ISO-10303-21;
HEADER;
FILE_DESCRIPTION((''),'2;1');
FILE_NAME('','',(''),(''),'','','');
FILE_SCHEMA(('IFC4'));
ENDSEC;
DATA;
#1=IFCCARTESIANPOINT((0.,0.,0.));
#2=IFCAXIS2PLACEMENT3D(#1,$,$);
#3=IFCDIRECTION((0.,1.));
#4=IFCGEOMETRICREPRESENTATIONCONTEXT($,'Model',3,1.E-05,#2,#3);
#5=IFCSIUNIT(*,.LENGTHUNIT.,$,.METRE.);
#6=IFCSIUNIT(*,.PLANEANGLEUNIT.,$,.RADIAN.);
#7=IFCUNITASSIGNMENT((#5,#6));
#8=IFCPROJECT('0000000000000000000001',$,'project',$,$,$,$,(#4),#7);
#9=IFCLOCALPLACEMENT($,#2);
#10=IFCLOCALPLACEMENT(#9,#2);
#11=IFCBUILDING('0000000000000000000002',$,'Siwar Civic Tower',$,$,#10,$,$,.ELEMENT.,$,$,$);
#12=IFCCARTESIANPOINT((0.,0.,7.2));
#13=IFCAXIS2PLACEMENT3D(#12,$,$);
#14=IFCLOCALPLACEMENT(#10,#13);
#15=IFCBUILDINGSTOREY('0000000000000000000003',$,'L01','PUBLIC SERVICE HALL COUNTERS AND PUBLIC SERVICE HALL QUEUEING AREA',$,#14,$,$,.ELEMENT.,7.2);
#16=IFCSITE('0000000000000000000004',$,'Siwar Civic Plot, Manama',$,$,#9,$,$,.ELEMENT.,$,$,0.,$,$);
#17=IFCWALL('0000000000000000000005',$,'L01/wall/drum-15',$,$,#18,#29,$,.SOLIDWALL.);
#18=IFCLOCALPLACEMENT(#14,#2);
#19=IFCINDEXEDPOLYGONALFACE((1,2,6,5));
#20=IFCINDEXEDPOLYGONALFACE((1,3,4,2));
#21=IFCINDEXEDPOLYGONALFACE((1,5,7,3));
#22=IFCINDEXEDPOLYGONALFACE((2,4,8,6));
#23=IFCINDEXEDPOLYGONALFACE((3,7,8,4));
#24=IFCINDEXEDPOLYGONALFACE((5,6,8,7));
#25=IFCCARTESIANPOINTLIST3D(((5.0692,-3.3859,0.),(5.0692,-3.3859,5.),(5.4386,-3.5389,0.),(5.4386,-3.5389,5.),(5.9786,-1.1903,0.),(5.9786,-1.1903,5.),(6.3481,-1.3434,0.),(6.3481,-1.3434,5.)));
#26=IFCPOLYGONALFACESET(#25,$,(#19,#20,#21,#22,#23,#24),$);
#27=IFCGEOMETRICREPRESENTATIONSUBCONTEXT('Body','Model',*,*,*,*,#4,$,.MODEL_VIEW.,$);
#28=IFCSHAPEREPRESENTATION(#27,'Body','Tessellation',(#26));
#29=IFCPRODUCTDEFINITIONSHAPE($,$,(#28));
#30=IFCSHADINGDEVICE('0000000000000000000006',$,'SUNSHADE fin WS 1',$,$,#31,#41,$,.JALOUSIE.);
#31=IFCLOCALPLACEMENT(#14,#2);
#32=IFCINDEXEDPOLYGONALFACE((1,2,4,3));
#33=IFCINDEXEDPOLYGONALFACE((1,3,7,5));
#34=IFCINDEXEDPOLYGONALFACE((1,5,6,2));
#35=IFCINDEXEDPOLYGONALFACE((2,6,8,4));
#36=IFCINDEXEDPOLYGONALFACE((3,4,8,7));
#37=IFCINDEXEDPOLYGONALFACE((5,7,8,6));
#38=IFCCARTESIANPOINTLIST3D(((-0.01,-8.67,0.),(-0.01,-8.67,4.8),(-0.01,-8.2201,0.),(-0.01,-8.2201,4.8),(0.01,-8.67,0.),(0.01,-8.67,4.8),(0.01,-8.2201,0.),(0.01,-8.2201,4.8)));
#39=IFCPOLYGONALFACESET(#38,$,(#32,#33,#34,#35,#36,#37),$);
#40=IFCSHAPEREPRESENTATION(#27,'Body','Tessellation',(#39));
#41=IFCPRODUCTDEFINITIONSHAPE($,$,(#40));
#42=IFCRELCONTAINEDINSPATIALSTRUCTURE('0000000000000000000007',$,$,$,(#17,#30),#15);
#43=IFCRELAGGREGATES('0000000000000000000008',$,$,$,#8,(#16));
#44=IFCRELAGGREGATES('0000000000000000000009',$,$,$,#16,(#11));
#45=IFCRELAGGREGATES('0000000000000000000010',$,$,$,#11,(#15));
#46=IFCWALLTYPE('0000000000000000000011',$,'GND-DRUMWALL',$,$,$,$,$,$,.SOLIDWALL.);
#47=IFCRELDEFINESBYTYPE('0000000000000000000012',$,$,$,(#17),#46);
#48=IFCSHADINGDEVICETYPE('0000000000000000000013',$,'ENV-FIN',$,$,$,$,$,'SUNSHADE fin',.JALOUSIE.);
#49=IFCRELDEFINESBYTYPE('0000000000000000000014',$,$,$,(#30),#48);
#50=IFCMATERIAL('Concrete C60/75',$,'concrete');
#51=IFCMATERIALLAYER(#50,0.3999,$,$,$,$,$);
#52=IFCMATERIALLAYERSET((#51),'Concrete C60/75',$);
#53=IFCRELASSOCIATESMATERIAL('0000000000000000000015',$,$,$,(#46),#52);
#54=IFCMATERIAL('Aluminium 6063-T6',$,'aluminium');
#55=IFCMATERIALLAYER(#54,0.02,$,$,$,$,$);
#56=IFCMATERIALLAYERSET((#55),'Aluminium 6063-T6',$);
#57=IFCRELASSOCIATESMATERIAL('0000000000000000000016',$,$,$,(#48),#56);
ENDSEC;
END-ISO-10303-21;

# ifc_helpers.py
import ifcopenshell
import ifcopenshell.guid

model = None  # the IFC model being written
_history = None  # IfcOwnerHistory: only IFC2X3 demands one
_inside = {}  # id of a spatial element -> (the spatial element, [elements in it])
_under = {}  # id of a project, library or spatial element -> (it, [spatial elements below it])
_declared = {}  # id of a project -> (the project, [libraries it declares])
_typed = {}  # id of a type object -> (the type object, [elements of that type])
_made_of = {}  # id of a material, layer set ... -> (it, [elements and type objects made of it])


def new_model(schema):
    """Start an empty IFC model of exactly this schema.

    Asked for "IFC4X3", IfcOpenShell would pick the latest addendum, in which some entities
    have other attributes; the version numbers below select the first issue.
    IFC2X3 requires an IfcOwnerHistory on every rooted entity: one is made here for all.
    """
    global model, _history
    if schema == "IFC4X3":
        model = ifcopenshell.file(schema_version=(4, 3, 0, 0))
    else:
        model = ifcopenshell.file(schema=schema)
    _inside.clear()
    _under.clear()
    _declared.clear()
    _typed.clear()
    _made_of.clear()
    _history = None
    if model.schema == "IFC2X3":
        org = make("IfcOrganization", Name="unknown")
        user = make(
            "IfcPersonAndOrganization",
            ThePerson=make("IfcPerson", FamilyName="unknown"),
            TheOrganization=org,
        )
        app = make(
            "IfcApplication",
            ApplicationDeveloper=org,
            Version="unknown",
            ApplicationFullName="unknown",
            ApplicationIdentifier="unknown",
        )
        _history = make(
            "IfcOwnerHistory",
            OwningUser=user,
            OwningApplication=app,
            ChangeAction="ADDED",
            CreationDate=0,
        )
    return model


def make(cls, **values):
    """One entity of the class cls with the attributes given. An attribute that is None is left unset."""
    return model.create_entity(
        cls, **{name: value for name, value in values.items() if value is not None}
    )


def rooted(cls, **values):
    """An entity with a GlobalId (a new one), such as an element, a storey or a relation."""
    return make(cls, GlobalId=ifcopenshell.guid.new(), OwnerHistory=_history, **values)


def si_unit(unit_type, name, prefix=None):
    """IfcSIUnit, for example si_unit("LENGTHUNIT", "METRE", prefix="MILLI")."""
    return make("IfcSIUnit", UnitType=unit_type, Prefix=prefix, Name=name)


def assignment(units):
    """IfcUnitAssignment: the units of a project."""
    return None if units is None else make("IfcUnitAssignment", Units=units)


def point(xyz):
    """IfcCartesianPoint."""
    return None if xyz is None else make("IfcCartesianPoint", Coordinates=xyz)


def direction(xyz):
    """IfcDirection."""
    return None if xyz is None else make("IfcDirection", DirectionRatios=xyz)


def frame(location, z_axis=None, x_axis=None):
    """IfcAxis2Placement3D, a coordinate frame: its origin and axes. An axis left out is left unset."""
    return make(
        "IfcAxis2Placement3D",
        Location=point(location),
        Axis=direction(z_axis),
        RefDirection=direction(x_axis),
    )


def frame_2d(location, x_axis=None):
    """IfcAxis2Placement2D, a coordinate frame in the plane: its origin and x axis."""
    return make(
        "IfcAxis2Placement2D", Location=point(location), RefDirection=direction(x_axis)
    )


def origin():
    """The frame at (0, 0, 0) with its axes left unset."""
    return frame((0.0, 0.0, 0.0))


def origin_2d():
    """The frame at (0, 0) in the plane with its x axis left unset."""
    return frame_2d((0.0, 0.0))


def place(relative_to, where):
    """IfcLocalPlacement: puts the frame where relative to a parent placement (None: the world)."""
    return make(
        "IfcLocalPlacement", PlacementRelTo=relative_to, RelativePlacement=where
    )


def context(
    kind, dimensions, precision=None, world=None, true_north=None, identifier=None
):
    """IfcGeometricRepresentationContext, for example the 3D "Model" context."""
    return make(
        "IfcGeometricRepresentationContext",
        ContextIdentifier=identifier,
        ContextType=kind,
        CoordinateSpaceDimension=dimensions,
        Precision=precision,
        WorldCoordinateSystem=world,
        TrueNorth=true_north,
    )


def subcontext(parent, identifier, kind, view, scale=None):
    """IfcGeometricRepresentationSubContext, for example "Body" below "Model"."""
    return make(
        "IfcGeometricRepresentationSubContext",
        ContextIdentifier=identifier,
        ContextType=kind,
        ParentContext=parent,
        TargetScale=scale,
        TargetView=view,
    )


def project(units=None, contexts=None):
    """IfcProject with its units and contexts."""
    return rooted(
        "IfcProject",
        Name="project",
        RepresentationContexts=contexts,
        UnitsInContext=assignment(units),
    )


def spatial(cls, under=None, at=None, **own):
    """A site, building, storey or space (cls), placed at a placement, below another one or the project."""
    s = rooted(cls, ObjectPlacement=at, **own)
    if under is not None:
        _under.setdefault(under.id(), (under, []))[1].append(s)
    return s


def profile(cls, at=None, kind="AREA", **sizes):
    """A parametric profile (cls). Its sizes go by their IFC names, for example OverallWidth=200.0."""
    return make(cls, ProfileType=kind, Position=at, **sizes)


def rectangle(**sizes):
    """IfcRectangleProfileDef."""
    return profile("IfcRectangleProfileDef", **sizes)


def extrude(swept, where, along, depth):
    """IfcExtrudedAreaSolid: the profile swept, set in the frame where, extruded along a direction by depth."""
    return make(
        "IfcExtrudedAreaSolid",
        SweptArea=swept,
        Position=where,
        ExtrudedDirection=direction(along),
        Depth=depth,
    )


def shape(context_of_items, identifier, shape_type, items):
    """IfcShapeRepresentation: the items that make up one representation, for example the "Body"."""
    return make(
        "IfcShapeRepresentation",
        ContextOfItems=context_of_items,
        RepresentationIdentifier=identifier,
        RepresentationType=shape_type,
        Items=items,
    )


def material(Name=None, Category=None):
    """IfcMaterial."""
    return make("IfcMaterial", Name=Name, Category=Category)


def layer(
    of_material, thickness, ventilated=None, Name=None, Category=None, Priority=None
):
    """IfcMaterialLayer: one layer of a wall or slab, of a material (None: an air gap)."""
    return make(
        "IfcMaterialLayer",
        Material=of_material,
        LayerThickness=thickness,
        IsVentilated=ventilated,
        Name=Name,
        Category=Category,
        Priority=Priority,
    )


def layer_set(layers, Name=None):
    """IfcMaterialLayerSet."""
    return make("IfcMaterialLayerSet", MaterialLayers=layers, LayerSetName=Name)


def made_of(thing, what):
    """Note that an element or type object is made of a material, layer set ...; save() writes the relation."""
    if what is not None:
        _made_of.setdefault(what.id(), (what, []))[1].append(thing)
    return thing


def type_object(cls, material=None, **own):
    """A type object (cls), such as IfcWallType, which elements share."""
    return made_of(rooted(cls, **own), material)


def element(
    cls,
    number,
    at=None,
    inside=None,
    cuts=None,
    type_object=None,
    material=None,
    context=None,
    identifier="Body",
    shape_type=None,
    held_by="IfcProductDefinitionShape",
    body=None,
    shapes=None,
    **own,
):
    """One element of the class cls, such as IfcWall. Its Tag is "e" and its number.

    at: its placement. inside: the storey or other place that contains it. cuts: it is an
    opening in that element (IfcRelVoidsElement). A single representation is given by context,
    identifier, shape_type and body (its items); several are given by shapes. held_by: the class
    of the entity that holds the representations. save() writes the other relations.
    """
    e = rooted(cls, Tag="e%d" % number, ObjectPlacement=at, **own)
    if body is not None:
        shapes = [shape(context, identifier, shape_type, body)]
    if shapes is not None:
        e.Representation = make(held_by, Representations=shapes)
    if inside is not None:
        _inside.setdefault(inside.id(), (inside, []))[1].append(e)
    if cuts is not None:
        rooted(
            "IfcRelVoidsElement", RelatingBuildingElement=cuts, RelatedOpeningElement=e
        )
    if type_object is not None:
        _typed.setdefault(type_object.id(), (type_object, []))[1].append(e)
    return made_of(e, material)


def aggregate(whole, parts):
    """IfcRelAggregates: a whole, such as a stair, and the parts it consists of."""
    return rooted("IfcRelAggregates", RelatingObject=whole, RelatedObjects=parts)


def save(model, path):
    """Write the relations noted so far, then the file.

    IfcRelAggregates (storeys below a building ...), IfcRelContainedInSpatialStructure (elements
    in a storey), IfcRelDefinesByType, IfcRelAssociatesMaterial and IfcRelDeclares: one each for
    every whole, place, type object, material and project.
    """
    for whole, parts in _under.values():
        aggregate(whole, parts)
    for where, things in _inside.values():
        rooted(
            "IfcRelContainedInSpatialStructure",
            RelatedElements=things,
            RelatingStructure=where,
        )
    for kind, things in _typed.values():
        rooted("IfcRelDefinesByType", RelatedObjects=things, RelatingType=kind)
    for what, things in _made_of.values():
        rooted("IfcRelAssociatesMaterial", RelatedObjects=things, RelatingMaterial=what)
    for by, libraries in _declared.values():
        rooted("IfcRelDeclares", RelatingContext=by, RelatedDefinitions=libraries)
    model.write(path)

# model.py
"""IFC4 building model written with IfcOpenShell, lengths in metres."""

from ifc_helpers import new_model, si_unit, direction, frame, frame_2d, origin, origin_2d, place, context, subcontext, project, spatial, rectangle, extrude, material, layer, layer_set, type_object, element, save


model = new_model("IFC4")

# Units and contexts
model_context = context("Model", 3, precision=1e-05, world=origin(), true_north=direction((0.0, 1.0)))
body_context = subcontext(model_context, "Body", "Model", "MODEL_VIEW")
ifc_project = project(units=[si_unit("LENGTHUNIT", "METRE"), si_unit("PLANEANGLEUNIT", "RADIAN")], contexts=[model_context])

# Site, building, storey
site_placement = place(None, origin())
site = spatial("IfcSite", under=ifc_project, at=site_placement, Name="Siwar Civic Plot, Manama", CompositionType="ELEMENT", RefElevation=0.0)
building_placement = place(site_placement, origin())
building = spatial("IfcBuilding", under=site, at=building_placement, Name="Siwar Civic Tower", CompositionType="ELEMENT")
storey_placement = place(building_placement, frame((0.0, 0.0, 7.2)))
storey = spatial("IfcBuildingStorey", under=building, at=storey_placement, Name="L01", Description="PUBLIC SERVICE HALL COUNTERS AND PUBLIC SERVICE HALL QUEUEING AREA", CompositionType="ELEMENT", Elevation=7.2)

# Wall
ifc_material_1 = material(Name="Concrete C60/75", Category="concrete")
ifc_layer_1 = layer(ifc_material_1, 0.3999)
ifc_layer_set_1 = layer_set([ifc_layer_1], Name="Concrete C60/75")
wall_type = type_object("IfcWallType", Name="GND-DRUMWALL", PredefinedType="SOLIDWALL", material=ifc_layer_set_1)
wall_1_placement = place(storey_placement, frame((5.2539, -3.4624, 0.0), z_axis=(0.0, 0.0, 1.0), x_axis=(0.382681, 0.92388, 0.0)))
element("IfcWall", 1, at=wall_1_placement, inside=storey, type_object=wall_type, Name="L01/wall/drum-15", PredefinedType="SOLIDWALL", context=body_context, shape_type="SweptSolid", body=[
    extrude(rectangle(XDim=2.3765, YDim=0.3999, at=frame_2d((1.1882, 0.0))), origin(), (0.0, 0.0, 1.0), 5.0),
])

# Shading device
ifc_material_2 = material(Name="Aluminium 6063-T6", Category="aluminium")
ifc_layer_2 = layer(ifc_material_2, 0.02)
ifc_layer_set_2 = layer_set([ifc_layer_2], Name="Aluminium 6063-T6")
shading_device_type = type_object("IfcShadingDeviceType", Name="ENV-FIN", ElementType="SUNSHADE fin", PredefinedType="JALOUSIE", material=ifc_layer_set_2)
shading_device_placement = place(storey_placement, frame((0.0, -8.4451, 0.0), z_axis=(0.0, 0.0, 1.0), x_axis=(1.0, 0.0, 0.0)))
element("IfcShadingDevice", 2, at=shading_device_placement, inside=storey, type_object=shading_device_type, Name="SUNSHADE fin WS 1", PredefinedType="JALOUSIE", context=body_context, shape_type="SweptSolid", body=[
    extrude(rectangle(XDim=0.02, YDim=0.45, at=origin_2d()), origin(), (0.0, 0.0, 1.0), 4.8),
])

save(model, "model.ifc")
